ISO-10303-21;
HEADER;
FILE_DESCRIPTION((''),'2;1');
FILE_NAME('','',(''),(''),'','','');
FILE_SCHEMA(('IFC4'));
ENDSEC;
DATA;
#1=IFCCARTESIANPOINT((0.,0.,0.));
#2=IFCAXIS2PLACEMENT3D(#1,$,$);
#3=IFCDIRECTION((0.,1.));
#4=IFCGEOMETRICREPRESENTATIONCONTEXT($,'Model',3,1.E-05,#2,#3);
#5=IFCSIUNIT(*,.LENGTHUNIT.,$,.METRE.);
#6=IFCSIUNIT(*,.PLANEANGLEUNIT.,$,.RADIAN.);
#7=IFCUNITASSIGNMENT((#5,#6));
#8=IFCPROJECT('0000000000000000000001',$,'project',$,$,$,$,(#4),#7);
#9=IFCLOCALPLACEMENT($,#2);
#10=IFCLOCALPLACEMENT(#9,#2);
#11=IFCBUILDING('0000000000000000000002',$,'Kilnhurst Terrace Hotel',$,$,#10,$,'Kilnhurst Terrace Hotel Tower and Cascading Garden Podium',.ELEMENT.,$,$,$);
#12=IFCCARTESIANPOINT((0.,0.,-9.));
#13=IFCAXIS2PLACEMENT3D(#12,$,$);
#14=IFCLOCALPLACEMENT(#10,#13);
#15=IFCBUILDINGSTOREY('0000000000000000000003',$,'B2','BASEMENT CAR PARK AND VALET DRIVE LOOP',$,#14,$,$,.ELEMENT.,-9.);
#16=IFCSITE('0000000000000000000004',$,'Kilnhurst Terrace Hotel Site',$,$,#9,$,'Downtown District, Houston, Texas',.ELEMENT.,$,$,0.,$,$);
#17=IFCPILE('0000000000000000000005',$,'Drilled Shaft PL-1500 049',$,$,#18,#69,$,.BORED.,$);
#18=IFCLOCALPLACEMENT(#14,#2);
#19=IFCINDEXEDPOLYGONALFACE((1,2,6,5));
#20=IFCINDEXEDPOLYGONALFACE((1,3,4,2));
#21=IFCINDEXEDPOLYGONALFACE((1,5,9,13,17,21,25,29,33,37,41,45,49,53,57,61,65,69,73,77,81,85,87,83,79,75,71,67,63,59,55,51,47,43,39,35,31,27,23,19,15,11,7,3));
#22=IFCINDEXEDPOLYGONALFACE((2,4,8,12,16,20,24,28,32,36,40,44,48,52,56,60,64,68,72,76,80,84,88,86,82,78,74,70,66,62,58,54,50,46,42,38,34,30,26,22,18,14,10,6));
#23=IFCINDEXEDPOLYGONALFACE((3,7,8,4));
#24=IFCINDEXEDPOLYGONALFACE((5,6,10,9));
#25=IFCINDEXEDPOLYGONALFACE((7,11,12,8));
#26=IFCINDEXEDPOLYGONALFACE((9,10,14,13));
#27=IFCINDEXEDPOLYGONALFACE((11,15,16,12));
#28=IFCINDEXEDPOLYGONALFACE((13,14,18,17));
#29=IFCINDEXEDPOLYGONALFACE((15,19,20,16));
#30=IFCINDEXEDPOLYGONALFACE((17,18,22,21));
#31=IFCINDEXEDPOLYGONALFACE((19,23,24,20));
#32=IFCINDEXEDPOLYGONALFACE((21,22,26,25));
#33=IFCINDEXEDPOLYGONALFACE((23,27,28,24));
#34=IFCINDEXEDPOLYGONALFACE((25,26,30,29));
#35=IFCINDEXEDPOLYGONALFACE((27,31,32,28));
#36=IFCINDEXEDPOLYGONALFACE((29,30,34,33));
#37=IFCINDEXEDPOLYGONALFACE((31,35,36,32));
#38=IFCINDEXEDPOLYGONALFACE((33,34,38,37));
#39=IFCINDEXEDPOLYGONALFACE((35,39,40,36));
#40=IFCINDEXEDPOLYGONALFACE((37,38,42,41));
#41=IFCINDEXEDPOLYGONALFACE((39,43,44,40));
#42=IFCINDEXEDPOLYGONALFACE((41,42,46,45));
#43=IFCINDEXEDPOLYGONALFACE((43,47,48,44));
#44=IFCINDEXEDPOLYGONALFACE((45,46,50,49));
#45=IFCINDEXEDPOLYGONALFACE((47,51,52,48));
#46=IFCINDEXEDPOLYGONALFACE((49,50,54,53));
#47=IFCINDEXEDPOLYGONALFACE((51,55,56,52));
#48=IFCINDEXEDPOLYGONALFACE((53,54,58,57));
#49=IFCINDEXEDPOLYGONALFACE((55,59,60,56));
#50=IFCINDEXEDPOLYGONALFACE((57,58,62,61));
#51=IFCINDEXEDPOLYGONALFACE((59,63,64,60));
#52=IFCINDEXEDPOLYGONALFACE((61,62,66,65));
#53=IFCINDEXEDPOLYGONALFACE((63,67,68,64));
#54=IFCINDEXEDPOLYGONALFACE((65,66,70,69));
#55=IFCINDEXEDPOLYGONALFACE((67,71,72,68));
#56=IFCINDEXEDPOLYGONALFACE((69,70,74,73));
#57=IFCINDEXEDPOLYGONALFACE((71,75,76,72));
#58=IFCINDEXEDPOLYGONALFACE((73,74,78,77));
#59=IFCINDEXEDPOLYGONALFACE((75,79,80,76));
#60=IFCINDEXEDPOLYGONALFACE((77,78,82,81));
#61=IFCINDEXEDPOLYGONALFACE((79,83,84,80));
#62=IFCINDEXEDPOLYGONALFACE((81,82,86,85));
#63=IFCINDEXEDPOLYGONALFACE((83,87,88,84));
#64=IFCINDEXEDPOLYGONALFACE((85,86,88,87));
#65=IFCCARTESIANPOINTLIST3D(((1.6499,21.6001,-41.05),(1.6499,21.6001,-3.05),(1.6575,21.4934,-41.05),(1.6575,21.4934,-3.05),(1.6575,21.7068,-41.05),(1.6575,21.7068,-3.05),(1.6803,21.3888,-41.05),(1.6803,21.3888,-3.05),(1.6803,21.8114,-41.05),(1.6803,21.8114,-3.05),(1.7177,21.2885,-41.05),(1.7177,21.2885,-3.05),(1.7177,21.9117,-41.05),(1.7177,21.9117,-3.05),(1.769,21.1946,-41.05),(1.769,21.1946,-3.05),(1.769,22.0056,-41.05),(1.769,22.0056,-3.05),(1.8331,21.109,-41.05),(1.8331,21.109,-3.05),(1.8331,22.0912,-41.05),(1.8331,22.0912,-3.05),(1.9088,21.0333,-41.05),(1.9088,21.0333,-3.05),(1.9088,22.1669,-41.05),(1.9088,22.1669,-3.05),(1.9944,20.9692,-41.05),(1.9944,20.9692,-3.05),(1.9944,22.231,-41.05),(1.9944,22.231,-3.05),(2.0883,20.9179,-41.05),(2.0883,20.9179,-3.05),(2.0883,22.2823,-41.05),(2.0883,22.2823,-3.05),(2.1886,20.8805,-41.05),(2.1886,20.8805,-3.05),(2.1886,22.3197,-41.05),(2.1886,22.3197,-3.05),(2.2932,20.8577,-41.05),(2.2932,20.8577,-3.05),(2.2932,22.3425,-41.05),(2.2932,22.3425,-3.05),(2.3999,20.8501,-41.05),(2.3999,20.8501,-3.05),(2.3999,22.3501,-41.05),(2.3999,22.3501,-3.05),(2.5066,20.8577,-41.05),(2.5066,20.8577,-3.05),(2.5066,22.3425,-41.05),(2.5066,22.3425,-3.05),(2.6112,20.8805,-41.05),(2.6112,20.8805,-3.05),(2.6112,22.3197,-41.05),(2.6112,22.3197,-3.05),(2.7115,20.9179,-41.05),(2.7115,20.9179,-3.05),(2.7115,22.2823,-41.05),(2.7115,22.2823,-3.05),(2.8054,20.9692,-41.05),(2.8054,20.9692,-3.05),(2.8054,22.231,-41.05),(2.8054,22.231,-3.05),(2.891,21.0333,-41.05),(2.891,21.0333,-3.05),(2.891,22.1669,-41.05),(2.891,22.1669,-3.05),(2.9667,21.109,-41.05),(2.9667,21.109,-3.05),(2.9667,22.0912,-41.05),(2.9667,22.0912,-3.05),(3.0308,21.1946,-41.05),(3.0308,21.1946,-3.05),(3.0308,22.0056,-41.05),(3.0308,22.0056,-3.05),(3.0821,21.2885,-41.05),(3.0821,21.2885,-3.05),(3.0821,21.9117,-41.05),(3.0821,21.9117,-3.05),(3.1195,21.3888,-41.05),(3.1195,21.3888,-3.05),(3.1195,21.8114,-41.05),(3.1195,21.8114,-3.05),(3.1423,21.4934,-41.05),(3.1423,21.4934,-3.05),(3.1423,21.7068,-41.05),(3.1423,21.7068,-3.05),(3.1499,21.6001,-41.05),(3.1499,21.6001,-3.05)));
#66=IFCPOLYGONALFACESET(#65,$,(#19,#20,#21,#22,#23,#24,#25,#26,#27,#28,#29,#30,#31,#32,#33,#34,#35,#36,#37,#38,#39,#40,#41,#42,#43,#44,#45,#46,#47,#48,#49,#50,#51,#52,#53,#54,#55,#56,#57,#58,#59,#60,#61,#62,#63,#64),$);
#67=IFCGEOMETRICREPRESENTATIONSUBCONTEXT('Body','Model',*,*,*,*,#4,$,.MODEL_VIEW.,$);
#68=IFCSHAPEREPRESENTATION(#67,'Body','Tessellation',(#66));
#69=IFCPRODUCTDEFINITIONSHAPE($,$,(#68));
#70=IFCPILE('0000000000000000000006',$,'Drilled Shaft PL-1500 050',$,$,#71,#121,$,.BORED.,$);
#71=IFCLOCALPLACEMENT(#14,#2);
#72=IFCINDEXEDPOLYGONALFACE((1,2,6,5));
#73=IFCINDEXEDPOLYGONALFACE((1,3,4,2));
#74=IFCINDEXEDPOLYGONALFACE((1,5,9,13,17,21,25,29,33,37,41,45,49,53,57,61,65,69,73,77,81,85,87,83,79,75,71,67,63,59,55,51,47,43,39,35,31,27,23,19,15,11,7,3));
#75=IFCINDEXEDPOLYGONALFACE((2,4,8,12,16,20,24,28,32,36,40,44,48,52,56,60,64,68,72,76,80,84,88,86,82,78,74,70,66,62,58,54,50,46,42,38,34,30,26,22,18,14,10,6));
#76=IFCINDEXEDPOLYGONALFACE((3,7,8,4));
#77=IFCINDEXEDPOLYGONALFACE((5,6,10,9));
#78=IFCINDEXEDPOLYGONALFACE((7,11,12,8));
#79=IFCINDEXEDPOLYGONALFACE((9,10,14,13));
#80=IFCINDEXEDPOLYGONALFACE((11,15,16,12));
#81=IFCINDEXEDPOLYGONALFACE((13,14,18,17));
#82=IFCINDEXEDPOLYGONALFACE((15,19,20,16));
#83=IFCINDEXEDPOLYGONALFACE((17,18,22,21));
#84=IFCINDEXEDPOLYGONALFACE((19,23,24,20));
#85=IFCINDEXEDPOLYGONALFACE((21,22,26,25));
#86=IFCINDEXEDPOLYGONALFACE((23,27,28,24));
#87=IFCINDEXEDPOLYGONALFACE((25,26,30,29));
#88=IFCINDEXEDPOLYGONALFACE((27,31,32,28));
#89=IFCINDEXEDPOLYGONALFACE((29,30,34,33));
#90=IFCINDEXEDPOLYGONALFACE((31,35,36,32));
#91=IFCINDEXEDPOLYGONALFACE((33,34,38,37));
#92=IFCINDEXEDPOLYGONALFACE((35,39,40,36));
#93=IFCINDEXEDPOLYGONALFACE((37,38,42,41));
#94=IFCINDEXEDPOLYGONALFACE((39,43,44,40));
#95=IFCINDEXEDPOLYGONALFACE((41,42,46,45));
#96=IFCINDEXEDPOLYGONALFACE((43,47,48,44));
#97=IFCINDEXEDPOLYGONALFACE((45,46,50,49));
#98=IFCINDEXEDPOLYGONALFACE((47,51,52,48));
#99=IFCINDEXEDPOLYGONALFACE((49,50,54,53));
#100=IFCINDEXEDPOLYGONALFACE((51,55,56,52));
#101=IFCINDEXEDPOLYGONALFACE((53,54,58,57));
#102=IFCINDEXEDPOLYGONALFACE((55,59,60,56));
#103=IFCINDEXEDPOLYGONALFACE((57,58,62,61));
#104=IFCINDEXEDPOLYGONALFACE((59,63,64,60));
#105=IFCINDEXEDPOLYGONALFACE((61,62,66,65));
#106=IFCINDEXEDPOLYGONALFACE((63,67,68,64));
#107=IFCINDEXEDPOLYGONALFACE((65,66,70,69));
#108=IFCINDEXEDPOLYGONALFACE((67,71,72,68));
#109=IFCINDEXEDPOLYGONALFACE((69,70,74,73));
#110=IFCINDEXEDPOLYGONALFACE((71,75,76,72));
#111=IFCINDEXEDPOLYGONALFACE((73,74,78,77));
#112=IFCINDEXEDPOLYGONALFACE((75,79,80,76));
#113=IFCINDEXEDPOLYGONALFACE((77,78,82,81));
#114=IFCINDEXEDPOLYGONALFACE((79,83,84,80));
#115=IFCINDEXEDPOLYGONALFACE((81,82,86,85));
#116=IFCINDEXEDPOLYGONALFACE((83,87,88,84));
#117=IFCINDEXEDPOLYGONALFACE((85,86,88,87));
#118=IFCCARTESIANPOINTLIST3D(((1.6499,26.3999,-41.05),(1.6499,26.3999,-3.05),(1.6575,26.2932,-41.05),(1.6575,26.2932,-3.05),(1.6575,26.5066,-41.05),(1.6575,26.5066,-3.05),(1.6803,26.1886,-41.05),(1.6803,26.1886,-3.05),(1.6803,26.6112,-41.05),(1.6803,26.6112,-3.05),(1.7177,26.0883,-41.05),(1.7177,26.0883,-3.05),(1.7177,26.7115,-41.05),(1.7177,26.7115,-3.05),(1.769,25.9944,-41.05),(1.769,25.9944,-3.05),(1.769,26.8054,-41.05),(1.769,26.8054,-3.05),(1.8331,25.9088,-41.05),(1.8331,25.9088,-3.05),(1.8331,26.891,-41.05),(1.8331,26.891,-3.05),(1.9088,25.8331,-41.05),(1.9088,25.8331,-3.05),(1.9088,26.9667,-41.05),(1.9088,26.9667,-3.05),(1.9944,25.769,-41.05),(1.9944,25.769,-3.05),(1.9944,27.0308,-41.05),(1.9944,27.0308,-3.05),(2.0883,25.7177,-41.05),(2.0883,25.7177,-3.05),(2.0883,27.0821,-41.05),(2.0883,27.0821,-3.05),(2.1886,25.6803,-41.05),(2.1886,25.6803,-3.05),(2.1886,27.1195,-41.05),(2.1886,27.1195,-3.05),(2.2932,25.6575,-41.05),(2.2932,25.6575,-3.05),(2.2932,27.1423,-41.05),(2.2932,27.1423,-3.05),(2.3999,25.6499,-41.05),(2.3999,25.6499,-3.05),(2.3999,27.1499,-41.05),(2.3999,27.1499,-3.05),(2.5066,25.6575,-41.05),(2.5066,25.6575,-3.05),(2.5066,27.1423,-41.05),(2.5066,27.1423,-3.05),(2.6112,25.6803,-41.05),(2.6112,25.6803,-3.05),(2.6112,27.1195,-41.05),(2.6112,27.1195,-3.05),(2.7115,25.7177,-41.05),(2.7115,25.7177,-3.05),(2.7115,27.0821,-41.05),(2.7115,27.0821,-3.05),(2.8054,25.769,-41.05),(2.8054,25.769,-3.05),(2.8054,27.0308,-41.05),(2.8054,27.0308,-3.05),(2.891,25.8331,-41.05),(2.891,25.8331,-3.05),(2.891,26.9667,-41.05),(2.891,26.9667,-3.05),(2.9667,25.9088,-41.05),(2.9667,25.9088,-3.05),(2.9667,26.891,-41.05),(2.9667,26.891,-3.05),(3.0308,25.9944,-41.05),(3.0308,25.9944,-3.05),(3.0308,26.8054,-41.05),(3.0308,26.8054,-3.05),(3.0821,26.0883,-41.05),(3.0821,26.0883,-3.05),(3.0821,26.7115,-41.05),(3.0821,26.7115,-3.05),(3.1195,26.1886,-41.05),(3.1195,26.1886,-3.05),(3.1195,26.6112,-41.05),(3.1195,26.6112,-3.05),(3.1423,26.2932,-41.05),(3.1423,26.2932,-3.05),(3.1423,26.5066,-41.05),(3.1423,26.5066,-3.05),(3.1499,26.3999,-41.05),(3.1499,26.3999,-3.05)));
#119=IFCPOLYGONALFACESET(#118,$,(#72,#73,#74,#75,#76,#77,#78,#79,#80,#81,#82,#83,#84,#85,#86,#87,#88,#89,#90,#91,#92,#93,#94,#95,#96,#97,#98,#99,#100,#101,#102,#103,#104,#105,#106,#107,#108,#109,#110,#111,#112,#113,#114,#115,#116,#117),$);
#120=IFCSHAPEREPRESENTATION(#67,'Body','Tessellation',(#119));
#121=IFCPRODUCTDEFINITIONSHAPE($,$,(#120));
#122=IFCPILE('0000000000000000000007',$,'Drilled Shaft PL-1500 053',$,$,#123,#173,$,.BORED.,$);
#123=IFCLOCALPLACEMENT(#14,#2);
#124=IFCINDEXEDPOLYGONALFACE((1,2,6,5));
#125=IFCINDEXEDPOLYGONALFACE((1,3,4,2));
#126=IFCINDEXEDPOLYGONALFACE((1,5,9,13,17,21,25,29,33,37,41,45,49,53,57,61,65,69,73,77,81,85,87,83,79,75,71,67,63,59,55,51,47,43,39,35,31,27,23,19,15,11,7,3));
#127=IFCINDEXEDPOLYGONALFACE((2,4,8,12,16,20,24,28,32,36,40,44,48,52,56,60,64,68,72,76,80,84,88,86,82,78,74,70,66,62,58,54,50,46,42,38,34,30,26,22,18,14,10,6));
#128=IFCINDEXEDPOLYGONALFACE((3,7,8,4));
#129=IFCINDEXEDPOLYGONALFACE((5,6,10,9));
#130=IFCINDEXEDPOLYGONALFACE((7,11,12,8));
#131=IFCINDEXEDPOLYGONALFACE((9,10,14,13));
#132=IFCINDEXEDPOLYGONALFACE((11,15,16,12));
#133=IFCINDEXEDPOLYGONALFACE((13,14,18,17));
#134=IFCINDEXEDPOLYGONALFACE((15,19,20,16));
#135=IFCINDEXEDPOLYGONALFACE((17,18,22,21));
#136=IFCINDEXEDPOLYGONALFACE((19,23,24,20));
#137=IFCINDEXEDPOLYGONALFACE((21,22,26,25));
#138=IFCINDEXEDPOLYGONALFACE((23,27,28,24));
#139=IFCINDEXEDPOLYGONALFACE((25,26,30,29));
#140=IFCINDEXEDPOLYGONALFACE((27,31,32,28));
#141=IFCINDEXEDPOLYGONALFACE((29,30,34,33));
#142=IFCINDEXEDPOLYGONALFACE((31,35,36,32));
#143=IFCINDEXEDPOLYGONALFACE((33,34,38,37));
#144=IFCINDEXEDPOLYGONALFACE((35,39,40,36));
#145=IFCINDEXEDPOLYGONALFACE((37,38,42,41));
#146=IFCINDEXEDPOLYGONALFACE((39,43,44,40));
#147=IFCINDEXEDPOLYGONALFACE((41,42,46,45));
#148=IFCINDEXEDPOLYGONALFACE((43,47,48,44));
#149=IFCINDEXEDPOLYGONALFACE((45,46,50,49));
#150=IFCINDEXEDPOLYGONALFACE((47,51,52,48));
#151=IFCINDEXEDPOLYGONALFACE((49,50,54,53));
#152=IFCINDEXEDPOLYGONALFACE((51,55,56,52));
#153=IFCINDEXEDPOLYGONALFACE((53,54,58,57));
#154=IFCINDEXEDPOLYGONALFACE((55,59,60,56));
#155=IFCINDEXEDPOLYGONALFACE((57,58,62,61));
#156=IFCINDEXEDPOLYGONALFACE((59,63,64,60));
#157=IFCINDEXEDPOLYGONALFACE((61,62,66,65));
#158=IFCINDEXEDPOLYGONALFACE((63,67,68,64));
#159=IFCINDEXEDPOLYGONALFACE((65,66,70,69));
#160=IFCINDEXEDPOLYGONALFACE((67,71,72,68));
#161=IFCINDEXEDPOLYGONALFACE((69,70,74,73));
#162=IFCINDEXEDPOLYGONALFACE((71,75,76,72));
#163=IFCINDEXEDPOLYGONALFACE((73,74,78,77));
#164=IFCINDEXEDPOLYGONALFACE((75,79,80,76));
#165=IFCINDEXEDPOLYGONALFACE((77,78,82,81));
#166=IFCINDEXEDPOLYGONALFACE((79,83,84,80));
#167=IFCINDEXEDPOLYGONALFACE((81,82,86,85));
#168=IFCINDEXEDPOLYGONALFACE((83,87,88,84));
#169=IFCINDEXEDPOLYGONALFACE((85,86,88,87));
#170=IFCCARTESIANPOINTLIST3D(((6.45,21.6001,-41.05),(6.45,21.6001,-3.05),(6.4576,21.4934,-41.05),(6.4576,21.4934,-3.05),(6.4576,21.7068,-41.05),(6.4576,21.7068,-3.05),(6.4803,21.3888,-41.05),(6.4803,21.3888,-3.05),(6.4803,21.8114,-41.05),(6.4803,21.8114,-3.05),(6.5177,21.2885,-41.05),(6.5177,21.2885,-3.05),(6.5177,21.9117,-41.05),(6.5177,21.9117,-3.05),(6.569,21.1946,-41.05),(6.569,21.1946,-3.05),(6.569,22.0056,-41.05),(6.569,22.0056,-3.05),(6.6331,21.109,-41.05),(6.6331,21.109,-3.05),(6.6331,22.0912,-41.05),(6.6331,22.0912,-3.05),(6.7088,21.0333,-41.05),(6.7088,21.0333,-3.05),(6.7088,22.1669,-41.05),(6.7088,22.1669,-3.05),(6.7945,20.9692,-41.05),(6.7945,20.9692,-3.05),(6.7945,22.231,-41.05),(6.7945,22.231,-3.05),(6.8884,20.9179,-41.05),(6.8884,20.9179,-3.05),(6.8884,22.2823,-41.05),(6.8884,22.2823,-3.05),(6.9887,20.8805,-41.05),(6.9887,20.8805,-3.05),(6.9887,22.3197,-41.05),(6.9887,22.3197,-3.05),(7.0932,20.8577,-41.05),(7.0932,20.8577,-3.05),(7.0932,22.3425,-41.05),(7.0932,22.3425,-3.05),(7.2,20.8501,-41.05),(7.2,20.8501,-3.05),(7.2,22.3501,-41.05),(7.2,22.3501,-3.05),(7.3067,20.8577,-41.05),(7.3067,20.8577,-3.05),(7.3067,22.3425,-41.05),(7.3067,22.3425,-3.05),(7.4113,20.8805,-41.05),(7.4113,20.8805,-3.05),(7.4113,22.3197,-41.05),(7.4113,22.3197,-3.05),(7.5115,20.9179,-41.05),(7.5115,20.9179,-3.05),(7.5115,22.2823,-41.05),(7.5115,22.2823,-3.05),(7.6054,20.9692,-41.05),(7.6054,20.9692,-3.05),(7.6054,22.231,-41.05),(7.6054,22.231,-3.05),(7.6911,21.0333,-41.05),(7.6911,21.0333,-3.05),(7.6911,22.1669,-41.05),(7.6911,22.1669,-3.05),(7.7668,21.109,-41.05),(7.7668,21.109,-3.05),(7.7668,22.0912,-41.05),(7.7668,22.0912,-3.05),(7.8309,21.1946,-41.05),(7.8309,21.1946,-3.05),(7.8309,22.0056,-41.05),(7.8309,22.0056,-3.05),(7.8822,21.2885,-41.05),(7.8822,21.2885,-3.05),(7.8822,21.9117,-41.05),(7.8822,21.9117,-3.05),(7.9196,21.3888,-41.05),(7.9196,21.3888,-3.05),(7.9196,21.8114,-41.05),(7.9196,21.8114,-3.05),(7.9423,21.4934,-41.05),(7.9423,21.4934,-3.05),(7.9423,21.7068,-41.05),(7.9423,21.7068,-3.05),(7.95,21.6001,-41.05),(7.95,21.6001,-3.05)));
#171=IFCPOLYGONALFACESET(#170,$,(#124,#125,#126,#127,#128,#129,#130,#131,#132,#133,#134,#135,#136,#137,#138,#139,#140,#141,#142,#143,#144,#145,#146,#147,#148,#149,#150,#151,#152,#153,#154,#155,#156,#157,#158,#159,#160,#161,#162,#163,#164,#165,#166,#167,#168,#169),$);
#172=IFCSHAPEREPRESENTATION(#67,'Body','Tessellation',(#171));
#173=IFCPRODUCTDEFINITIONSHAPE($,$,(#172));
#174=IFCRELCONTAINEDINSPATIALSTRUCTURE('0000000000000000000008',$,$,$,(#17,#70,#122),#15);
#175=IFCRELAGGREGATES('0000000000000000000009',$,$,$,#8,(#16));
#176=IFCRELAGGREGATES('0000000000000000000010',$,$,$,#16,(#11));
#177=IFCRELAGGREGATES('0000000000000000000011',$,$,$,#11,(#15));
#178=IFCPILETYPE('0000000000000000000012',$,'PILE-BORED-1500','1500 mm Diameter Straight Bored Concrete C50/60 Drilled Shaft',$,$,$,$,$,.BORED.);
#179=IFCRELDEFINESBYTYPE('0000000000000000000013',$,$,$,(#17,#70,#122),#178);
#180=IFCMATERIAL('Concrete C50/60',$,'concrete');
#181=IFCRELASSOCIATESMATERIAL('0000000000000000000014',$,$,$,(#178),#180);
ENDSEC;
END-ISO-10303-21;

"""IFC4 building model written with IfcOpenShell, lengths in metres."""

from ifc_helpers import new_model, si_unit, direction, frame, origin, origin_2d, place, context, subcontext, project, spatial, circle, extrude, material, material_profile, profile_set, type_object, element, save


model = new_model("IFC4")

# Units and contexts
model_context = context("Model", 3, precision=1e-05, world=origin(), true_north=direction((0.0, 1.0)))
body_context = subcontext(model_context, "Body", "Model", "MODEL_VIEW")
ifc_project = project(units=[si_unit("LENGTHUNIT", "METRE"), si_unit("PLANEANGLEUNIT", "RADIAN")], contexts=[model_context])

# Site, building, storey
site_placement = place(None, origin())
site = spatial("IfcSite", under=ifc_project, at=site_placement, Name="Kilnhurst Terrace Hotel Site", LongName="Downtown District, Houston, Texas", CompositionType="ELEMENT", RefElevation=0.0)
building_placement = place(site_placement, origin())
building = spatial("IfcBuilding", under=site, at=building_placement, Name="Kilnhurst Terrace Hotel", LongName="Kilnhurst Terrace Hotel Tower and Cascading Garden Podium", CompositionType="ELEMENT")
storey_placement = place(building_placement, frame((0.0, 0.0, -9.0)))
storey = spatial("IfcBuildingStorey", under=building, at=storey_placement, Name="B2", Description="BASEMENT CAR PARK AND VALET DRIVE LOOP", CompositionType="ELEMENT", Elevation=-9.0)

# Piles
ifc_material_1 = material(Name="Concrete C50/60", Category="concrete")
ifc_material_profile_1 = material_profile(ifc_material_1, circle(Radius=0.75, at=origin_2d()), Name="PILE1500")
ifc_profile_set_1 = profile_set([ifc_material_profile_1], Name="Concrete C50/60")
pile_type_1 = type_object("IfcPileType", Name="PILE-BORED-1500", Description="1500 mm Diameter Straight Bored Concrete C50/60 Drilled Shaft", PredefinedType="BORED", material=ifc_profile_set_1)
for number, where, z_axis, x_axis, name in (
    (1, (2.3999, 21.6001, -3.05), (0.0, 0.0, -1.0), (1.0, 0.0, 0.0), "Drilled Shaft PL-1500 049"),
    (2, (2.3999, 26.3999, -3.05), (0.0, 0.0, -1.0), (1.0, 0.0, 0.0), "Drilled Shaft PL-1500 050"),
    (3, (7.2, 21.6001, -3.05), (0.0, 0.0, -1.0), (1.0, 0.0, 0.0), "Drilled Shaft PL-1500 053"),
):
    element("IfcPile", number, at=place(storey_placement, frame(where, z_axis=z_axis, x_axis=x_axis)), inside=storey, type_object=pile_type_1, Name=name, PredefinedType="BORED", context=body_context, shape_type="SweptSolid", body=[
        extrude(circle(Radius=0.75, at=origin_2d()), origin(), (0.0, 0.0, 1.0), 38.0),
    ])

save(model, "model.ifc")
